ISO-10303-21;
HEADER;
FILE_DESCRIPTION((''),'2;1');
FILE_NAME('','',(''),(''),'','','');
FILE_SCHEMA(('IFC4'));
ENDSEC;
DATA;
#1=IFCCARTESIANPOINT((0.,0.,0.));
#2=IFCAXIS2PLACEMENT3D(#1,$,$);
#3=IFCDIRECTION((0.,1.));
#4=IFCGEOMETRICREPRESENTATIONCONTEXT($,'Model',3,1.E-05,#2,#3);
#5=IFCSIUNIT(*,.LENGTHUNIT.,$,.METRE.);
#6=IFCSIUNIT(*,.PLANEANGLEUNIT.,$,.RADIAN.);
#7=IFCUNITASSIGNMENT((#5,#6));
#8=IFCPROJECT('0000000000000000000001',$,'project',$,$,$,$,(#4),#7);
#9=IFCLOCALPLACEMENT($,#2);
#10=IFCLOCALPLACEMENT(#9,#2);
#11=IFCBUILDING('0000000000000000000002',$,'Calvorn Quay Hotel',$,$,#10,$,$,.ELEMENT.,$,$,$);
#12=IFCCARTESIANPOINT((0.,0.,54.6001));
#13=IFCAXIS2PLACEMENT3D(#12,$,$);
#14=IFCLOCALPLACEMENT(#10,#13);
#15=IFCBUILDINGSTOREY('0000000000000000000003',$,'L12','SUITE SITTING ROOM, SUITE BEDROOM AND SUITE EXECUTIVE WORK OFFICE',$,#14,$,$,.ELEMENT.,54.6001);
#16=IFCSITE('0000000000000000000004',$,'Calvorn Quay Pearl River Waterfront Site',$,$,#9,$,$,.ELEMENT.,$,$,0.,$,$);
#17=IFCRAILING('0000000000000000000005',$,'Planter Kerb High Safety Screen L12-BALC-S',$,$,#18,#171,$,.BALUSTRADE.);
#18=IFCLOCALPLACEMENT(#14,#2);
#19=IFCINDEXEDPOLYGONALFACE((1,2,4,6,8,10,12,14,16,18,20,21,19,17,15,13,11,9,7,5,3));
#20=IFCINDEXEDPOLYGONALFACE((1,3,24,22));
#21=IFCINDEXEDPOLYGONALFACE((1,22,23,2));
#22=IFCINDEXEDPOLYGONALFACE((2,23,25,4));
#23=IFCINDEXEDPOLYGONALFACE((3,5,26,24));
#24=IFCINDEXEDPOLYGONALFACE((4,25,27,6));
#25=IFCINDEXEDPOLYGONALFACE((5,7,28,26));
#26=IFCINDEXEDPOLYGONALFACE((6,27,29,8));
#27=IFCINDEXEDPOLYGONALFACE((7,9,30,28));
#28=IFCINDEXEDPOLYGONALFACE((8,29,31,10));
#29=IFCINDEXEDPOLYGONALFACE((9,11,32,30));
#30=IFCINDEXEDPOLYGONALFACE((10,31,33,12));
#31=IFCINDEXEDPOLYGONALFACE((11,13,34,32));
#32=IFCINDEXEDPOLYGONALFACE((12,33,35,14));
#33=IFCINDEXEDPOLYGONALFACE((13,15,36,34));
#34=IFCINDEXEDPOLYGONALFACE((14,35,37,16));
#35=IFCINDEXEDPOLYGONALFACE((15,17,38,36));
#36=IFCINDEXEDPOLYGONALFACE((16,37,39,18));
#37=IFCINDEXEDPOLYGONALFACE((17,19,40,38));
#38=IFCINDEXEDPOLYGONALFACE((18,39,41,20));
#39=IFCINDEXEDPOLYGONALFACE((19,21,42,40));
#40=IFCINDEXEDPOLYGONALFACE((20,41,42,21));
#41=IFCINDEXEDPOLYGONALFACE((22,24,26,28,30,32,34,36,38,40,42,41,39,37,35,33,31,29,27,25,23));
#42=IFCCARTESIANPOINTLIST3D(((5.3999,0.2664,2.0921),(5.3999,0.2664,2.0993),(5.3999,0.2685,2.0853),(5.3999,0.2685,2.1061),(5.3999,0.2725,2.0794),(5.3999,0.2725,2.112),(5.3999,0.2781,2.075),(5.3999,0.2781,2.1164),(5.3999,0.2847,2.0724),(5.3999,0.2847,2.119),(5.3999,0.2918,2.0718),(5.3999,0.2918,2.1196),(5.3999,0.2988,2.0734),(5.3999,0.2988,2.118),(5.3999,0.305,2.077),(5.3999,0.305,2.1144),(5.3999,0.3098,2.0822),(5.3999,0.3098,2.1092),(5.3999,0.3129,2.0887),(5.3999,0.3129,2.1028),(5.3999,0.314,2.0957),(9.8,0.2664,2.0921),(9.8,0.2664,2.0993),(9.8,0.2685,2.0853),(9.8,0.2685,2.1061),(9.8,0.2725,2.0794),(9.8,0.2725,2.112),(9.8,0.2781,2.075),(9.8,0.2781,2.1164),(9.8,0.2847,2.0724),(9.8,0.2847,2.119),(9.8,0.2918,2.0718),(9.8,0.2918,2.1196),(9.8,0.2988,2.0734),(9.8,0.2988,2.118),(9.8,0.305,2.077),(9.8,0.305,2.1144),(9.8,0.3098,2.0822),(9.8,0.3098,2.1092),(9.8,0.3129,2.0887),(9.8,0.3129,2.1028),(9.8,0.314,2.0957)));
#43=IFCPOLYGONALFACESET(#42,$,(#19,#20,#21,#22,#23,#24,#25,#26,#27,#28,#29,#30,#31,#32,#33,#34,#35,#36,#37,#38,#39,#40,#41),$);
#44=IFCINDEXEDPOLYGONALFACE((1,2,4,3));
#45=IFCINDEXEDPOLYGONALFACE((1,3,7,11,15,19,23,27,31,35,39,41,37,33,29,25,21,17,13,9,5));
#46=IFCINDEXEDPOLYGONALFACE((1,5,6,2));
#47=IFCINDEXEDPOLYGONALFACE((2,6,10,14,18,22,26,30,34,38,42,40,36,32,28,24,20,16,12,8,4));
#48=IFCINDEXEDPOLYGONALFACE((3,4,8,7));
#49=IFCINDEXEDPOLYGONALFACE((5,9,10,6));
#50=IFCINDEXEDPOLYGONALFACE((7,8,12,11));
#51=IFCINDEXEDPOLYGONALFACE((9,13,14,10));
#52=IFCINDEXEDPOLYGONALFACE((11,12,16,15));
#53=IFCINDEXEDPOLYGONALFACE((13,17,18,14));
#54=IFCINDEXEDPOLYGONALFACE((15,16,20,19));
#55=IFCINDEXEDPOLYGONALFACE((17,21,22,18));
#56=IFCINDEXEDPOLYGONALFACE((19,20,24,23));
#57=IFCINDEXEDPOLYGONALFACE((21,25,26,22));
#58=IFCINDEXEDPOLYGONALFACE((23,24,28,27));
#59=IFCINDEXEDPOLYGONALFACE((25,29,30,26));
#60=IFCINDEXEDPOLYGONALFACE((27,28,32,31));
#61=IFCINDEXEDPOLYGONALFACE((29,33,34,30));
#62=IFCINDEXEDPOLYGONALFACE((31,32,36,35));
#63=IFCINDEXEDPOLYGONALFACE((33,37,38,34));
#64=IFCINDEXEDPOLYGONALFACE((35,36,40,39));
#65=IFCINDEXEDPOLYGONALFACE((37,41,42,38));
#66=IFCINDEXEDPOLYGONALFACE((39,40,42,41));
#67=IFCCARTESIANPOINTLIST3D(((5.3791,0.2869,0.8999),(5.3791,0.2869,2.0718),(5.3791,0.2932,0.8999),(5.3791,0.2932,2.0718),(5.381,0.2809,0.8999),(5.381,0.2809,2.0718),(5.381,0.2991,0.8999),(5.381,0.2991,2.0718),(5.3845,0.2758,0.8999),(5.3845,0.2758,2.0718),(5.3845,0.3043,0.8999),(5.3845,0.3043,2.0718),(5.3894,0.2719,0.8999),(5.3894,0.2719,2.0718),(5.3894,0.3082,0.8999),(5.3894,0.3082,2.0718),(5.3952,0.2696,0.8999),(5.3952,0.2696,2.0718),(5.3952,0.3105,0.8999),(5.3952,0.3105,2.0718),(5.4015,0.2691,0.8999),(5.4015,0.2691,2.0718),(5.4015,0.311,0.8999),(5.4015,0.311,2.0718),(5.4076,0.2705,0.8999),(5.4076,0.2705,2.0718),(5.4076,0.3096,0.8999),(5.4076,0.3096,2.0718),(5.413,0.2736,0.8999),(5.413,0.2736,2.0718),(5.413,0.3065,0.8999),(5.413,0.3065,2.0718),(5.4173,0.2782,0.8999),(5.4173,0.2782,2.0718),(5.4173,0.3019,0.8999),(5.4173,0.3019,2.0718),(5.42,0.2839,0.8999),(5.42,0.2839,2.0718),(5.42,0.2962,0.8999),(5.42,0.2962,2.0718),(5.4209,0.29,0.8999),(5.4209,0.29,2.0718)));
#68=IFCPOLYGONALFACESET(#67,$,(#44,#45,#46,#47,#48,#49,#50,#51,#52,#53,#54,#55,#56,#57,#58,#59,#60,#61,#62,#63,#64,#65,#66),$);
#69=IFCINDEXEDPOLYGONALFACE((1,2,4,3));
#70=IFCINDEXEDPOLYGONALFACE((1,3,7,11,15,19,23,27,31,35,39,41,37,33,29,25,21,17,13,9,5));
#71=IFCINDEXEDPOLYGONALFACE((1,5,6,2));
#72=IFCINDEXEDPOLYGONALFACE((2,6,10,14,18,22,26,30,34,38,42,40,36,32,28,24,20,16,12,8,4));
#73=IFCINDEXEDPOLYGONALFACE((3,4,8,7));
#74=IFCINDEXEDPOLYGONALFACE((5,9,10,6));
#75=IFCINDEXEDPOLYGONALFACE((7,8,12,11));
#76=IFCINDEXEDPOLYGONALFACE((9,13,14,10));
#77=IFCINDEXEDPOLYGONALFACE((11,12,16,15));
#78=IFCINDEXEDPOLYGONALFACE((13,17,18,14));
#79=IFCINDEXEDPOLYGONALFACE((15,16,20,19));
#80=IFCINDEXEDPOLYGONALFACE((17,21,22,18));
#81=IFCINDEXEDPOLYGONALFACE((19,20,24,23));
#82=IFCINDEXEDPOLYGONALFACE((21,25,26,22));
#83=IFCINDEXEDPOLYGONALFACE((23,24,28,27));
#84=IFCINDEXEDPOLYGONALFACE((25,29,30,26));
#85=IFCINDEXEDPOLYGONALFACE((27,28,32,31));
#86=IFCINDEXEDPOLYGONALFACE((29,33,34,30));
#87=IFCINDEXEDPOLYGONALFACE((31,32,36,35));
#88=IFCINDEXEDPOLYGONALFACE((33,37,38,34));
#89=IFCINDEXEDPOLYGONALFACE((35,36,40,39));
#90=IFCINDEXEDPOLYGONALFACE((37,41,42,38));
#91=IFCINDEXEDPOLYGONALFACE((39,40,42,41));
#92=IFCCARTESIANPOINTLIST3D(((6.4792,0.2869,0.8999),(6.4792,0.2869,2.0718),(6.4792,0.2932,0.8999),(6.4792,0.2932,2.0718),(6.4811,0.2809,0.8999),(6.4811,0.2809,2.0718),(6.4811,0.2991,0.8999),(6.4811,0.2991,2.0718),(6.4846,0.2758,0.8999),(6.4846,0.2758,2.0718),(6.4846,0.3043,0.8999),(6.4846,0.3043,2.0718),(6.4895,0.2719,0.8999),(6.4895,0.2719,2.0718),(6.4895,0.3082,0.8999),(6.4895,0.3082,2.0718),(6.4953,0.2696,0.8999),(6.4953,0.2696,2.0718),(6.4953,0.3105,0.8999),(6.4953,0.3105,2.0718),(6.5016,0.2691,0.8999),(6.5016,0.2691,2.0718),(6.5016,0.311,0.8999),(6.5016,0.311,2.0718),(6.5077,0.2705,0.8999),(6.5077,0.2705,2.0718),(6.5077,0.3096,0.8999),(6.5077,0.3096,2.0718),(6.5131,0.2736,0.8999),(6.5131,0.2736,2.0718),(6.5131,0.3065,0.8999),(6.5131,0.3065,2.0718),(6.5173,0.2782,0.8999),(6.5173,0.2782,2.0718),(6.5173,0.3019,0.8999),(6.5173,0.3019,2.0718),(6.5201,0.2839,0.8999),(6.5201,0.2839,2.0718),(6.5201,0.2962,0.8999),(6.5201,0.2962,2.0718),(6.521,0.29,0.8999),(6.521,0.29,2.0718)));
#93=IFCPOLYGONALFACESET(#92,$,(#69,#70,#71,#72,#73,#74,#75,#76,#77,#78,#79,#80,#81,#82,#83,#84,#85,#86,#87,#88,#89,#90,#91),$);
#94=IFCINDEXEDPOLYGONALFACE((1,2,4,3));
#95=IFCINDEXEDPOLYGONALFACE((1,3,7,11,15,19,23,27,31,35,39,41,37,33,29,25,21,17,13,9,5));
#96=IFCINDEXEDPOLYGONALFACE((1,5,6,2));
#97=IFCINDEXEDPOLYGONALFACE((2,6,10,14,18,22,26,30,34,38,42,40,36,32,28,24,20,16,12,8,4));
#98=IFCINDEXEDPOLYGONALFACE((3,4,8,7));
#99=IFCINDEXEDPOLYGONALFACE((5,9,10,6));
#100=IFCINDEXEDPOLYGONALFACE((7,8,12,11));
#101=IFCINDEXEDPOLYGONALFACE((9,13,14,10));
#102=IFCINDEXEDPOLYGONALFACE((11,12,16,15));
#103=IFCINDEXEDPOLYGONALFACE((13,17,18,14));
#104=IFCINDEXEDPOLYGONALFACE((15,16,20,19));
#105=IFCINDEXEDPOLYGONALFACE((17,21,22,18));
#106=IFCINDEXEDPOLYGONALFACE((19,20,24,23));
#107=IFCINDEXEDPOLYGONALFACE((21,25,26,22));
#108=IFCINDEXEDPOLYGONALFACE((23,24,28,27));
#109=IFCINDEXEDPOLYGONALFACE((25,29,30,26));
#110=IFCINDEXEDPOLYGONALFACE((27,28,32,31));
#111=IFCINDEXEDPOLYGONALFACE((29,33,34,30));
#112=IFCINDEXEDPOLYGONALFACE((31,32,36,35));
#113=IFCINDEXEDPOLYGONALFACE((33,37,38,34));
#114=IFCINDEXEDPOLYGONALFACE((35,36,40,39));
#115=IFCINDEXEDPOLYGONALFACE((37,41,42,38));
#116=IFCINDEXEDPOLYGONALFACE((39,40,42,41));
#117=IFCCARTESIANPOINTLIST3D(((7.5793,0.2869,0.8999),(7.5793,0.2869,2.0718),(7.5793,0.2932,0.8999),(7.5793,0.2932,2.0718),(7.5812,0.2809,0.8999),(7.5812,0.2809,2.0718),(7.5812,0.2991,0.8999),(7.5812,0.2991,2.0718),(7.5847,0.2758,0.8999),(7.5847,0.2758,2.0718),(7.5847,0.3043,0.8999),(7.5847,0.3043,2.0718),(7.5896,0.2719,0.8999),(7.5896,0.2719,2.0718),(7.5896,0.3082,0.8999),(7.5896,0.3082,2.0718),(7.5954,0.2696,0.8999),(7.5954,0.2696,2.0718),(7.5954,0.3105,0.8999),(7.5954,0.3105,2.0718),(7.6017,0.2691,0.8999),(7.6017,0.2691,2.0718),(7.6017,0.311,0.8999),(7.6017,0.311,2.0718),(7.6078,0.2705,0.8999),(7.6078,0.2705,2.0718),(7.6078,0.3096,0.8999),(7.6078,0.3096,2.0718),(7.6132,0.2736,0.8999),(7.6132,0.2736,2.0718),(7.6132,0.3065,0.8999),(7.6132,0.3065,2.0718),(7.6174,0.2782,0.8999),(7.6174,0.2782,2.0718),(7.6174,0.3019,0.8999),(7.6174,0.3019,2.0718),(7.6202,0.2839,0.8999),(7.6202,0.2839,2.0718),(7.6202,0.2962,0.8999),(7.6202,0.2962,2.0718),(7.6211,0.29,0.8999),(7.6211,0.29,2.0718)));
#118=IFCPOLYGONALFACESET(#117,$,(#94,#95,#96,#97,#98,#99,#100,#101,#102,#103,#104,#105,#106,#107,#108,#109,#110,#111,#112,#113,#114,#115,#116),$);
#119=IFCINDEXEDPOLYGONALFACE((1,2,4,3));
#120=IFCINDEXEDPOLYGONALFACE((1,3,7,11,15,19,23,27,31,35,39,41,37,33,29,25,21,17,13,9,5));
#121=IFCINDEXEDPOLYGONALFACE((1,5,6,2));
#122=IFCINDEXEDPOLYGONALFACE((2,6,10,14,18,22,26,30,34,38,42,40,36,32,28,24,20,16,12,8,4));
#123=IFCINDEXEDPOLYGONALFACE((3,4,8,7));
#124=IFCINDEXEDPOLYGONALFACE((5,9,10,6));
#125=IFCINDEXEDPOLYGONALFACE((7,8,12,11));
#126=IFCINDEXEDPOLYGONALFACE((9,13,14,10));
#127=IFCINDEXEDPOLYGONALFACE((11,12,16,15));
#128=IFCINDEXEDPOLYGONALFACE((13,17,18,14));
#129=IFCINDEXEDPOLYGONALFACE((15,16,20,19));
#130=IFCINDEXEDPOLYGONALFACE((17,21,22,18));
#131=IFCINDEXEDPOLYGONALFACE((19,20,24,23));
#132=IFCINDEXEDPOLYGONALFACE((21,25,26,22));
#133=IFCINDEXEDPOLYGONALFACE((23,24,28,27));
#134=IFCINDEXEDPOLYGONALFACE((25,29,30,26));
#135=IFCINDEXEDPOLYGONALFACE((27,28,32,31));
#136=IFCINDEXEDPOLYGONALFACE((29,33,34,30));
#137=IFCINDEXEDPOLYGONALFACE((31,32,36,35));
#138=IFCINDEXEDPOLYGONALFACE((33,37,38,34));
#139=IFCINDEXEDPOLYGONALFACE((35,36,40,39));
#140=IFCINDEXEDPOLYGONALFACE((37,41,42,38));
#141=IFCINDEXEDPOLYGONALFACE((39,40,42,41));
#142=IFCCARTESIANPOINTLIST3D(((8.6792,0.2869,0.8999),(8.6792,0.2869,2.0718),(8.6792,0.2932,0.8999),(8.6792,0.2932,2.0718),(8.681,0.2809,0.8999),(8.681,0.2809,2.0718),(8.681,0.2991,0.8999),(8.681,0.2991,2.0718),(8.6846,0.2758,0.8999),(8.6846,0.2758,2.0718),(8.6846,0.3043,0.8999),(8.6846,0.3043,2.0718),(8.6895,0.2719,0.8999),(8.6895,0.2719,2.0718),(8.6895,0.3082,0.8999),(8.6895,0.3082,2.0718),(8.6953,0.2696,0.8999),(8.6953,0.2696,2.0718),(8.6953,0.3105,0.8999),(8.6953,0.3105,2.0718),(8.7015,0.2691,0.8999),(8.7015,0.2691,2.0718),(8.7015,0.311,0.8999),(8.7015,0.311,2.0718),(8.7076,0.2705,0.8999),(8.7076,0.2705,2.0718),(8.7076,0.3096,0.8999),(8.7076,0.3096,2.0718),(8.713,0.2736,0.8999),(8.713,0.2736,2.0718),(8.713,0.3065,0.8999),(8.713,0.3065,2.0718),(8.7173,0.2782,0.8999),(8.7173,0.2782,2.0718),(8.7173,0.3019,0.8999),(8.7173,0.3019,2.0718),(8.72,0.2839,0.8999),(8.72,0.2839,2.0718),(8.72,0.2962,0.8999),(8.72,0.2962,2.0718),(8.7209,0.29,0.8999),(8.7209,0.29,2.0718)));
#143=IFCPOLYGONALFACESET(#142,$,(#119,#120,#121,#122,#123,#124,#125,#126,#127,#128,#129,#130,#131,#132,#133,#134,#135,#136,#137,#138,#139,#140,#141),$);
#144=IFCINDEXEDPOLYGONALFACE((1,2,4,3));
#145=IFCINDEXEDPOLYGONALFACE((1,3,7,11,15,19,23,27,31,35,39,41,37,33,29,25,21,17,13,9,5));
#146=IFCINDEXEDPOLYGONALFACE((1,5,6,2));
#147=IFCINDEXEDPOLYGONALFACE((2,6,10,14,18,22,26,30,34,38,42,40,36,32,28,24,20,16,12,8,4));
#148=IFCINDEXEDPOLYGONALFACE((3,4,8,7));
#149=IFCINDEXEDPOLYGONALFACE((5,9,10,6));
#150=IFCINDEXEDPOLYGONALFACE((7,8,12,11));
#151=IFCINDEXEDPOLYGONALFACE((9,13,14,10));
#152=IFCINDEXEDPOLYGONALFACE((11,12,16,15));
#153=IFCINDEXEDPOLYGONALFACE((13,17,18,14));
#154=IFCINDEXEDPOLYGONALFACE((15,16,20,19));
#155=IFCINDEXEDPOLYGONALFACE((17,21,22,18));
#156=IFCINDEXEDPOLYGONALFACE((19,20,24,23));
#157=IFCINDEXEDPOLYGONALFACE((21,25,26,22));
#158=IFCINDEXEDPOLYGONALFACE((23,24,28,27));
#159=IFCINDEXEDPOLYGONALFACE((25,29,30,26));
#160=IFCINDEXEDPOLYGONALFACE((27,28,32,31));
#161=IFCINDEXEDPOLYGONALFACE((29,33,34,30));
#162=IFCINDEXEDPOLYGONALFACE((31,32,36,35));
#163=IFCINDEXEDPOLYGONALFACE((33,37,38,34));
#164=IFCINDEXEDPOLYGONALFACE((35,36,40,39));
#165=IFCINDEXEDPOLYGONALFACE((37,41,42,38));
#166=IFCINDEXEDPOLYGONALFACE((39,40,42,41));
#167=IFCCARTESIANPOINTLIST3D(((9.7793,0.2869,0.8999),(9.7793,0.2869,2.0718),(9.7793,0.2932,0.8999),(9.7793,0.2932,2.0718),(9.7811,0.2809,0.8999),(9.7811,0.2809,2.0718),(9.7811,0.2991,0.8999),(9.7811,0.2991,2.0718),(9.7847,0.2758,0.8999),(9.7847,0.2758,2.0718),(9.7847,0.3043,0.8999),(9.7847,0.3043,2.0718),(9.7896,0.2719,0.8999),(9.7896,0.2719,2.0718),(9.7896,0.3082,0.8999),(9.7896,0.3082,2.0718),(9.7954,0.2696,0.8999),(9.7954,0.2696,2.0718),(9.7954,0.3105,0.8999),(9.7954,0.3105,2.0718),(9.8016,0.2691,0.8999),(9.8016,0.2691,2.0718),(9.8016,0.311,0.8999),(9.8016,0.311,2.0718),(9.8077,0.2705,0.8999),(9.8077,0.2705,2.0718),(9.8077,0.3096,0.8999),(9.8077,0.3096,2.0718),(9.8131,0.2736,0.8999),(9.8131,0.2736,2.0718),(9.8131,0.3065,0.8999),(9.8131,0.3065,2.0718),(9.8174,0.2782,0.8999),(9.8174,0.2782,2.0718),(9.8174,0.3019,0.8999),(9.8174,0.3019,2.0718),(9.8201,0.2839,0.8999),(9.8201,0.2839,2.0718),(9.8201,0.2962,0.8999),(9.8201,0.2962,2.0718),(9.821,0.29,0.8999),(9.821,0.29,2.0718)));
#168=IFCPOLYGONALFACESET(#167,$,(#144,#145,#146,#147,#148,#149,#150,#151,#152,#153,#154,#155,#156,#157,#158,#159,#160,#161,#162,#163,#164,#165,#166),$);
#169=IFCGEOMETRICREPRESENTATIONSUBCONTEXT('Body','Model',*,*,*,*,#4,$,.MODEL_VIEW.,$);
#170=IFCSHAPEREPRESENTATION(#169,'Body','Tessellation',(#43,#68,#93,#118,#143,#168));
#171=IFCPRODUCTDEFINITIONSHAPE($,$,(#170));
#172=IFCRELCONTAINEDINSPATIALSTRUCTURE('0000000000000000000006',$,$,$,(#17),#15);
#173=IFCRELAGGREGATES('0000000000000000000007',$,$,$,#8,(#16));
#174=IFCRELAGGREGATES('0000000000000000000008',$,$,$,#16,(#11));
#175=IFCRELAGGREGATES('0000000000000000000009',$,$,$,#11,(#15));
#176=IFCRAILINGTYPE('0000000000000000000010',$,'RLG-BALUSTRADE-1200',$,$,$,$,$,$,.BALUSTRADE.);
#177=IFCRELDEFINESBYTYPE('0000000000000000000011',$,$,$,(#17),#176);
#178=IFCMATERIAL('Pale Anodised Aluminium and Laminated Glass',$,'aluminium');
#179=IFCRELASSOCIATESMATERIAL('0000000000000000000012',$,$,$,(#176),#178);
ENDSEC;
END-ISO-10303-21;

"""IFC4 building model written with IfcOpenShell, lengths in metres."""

from ifc_helpers import new_model, si_unit, direction, frame, origin, origin_2d, place, context, subcontext, project, spatial, circle, extrude, material, type_object, element, save


model = new_model("IFC4")

# Units and contexts
model_context = context("Model", 3, precision=1e-05, world=origin(), true_north=direction((0.0, 1.0)))
body_context = subcontext(model_context, "Body", "Model", "MODEL_VIEW")
ifc_project = project(units=[si_unit("LENGTHUNIT", "METRE"), si_unit("PLANEANGLEUNIT", "RADIAN")], contexts=[model_context])

# Site, building, storey
site_placement = place(None, origin())
site = spatial("IfcSite", under=ifc_project, at=site_placement, Name="Calvorn Quay Pearl River Waterfront Site", CompositionType="ELEMENT", RefElevation=0.0)
building_placement = place(site_placement, origin())
building = spatial("IfcBuilding", under=site, at=building_placement, Name="Calvorn Quay Hotel", CompositionType="ELEMENT")
storey_placement = place(building_placement, frame((0.0, 0.0, 54.6001)))
storey = spatial("IfcBuildingStorey", under=building, at=storey_placement, Name="L12", Description="SUITE SITTING ROOM, SUITE BEDROOM AND SUITE EXECUTIVE WORK OFFICE", CompositionType="ELEMENT", Elevation=54.6001)

# Railing
ifc_material_1 = material(Name="Pale Anodised Aluminium and Laminated Glass", Category="aluminium")
railing_type = type_object("IfcRailingType", Name="RLG-BALUSTRADE-1200", PredefinedType="BALUSTRADE", material=ifc_material_1)
railing_placement = place(storey_placement, frame((5.3999, 0.29, 0.8999)))
element("IfcRailing", 1, at=railing_placement, inside=storey, type_object=railing_type, Name="Planter Kerb High Safety Screen L12-BALC-S", PredefinedType="BALUSTRADE", context=body_context, shape_type="SweptSolid", body=[
    extrude(circle(Radius=0.0239, at=origin_2d()), frame((0.0, 0.0, 1.1958), z_axis=(1.0, 0.0, 0.0), x_axis=(0.0, 1.0, 0.0)), (0.0, 0.0, 1.0), 4.4001),
    extrude(circle(Radius=0.021, at=origin_2d()), origin(), (0.0, 0.0, 1.0), 1.1719),
    extrude(circle(Radius=0.021, at=origin_2d()), frame((1.1001, 0.0, 0.0)), (0.0, 0.0, 1.0), 1.1719),
    extrude(circle(Radius=0.021, at=origin_2d()), frame((2.2002, 0.0, 0.0)), (0.0, 0.0, 1.0), 1.1719),
    extrude(circle(Radius=0.021, at=origin_2d()), frame((3.3, 0.0, 0.0)), (0.0, 0.0, 1.0), 1.1719),
    extrude(circle(Radius=0.021, at=origin_2d()), frame((4.4001, 0.0, 0.0)), (0.0, 0.0, 1.0), 1.1719),
])

save(model, "model.ifc")
